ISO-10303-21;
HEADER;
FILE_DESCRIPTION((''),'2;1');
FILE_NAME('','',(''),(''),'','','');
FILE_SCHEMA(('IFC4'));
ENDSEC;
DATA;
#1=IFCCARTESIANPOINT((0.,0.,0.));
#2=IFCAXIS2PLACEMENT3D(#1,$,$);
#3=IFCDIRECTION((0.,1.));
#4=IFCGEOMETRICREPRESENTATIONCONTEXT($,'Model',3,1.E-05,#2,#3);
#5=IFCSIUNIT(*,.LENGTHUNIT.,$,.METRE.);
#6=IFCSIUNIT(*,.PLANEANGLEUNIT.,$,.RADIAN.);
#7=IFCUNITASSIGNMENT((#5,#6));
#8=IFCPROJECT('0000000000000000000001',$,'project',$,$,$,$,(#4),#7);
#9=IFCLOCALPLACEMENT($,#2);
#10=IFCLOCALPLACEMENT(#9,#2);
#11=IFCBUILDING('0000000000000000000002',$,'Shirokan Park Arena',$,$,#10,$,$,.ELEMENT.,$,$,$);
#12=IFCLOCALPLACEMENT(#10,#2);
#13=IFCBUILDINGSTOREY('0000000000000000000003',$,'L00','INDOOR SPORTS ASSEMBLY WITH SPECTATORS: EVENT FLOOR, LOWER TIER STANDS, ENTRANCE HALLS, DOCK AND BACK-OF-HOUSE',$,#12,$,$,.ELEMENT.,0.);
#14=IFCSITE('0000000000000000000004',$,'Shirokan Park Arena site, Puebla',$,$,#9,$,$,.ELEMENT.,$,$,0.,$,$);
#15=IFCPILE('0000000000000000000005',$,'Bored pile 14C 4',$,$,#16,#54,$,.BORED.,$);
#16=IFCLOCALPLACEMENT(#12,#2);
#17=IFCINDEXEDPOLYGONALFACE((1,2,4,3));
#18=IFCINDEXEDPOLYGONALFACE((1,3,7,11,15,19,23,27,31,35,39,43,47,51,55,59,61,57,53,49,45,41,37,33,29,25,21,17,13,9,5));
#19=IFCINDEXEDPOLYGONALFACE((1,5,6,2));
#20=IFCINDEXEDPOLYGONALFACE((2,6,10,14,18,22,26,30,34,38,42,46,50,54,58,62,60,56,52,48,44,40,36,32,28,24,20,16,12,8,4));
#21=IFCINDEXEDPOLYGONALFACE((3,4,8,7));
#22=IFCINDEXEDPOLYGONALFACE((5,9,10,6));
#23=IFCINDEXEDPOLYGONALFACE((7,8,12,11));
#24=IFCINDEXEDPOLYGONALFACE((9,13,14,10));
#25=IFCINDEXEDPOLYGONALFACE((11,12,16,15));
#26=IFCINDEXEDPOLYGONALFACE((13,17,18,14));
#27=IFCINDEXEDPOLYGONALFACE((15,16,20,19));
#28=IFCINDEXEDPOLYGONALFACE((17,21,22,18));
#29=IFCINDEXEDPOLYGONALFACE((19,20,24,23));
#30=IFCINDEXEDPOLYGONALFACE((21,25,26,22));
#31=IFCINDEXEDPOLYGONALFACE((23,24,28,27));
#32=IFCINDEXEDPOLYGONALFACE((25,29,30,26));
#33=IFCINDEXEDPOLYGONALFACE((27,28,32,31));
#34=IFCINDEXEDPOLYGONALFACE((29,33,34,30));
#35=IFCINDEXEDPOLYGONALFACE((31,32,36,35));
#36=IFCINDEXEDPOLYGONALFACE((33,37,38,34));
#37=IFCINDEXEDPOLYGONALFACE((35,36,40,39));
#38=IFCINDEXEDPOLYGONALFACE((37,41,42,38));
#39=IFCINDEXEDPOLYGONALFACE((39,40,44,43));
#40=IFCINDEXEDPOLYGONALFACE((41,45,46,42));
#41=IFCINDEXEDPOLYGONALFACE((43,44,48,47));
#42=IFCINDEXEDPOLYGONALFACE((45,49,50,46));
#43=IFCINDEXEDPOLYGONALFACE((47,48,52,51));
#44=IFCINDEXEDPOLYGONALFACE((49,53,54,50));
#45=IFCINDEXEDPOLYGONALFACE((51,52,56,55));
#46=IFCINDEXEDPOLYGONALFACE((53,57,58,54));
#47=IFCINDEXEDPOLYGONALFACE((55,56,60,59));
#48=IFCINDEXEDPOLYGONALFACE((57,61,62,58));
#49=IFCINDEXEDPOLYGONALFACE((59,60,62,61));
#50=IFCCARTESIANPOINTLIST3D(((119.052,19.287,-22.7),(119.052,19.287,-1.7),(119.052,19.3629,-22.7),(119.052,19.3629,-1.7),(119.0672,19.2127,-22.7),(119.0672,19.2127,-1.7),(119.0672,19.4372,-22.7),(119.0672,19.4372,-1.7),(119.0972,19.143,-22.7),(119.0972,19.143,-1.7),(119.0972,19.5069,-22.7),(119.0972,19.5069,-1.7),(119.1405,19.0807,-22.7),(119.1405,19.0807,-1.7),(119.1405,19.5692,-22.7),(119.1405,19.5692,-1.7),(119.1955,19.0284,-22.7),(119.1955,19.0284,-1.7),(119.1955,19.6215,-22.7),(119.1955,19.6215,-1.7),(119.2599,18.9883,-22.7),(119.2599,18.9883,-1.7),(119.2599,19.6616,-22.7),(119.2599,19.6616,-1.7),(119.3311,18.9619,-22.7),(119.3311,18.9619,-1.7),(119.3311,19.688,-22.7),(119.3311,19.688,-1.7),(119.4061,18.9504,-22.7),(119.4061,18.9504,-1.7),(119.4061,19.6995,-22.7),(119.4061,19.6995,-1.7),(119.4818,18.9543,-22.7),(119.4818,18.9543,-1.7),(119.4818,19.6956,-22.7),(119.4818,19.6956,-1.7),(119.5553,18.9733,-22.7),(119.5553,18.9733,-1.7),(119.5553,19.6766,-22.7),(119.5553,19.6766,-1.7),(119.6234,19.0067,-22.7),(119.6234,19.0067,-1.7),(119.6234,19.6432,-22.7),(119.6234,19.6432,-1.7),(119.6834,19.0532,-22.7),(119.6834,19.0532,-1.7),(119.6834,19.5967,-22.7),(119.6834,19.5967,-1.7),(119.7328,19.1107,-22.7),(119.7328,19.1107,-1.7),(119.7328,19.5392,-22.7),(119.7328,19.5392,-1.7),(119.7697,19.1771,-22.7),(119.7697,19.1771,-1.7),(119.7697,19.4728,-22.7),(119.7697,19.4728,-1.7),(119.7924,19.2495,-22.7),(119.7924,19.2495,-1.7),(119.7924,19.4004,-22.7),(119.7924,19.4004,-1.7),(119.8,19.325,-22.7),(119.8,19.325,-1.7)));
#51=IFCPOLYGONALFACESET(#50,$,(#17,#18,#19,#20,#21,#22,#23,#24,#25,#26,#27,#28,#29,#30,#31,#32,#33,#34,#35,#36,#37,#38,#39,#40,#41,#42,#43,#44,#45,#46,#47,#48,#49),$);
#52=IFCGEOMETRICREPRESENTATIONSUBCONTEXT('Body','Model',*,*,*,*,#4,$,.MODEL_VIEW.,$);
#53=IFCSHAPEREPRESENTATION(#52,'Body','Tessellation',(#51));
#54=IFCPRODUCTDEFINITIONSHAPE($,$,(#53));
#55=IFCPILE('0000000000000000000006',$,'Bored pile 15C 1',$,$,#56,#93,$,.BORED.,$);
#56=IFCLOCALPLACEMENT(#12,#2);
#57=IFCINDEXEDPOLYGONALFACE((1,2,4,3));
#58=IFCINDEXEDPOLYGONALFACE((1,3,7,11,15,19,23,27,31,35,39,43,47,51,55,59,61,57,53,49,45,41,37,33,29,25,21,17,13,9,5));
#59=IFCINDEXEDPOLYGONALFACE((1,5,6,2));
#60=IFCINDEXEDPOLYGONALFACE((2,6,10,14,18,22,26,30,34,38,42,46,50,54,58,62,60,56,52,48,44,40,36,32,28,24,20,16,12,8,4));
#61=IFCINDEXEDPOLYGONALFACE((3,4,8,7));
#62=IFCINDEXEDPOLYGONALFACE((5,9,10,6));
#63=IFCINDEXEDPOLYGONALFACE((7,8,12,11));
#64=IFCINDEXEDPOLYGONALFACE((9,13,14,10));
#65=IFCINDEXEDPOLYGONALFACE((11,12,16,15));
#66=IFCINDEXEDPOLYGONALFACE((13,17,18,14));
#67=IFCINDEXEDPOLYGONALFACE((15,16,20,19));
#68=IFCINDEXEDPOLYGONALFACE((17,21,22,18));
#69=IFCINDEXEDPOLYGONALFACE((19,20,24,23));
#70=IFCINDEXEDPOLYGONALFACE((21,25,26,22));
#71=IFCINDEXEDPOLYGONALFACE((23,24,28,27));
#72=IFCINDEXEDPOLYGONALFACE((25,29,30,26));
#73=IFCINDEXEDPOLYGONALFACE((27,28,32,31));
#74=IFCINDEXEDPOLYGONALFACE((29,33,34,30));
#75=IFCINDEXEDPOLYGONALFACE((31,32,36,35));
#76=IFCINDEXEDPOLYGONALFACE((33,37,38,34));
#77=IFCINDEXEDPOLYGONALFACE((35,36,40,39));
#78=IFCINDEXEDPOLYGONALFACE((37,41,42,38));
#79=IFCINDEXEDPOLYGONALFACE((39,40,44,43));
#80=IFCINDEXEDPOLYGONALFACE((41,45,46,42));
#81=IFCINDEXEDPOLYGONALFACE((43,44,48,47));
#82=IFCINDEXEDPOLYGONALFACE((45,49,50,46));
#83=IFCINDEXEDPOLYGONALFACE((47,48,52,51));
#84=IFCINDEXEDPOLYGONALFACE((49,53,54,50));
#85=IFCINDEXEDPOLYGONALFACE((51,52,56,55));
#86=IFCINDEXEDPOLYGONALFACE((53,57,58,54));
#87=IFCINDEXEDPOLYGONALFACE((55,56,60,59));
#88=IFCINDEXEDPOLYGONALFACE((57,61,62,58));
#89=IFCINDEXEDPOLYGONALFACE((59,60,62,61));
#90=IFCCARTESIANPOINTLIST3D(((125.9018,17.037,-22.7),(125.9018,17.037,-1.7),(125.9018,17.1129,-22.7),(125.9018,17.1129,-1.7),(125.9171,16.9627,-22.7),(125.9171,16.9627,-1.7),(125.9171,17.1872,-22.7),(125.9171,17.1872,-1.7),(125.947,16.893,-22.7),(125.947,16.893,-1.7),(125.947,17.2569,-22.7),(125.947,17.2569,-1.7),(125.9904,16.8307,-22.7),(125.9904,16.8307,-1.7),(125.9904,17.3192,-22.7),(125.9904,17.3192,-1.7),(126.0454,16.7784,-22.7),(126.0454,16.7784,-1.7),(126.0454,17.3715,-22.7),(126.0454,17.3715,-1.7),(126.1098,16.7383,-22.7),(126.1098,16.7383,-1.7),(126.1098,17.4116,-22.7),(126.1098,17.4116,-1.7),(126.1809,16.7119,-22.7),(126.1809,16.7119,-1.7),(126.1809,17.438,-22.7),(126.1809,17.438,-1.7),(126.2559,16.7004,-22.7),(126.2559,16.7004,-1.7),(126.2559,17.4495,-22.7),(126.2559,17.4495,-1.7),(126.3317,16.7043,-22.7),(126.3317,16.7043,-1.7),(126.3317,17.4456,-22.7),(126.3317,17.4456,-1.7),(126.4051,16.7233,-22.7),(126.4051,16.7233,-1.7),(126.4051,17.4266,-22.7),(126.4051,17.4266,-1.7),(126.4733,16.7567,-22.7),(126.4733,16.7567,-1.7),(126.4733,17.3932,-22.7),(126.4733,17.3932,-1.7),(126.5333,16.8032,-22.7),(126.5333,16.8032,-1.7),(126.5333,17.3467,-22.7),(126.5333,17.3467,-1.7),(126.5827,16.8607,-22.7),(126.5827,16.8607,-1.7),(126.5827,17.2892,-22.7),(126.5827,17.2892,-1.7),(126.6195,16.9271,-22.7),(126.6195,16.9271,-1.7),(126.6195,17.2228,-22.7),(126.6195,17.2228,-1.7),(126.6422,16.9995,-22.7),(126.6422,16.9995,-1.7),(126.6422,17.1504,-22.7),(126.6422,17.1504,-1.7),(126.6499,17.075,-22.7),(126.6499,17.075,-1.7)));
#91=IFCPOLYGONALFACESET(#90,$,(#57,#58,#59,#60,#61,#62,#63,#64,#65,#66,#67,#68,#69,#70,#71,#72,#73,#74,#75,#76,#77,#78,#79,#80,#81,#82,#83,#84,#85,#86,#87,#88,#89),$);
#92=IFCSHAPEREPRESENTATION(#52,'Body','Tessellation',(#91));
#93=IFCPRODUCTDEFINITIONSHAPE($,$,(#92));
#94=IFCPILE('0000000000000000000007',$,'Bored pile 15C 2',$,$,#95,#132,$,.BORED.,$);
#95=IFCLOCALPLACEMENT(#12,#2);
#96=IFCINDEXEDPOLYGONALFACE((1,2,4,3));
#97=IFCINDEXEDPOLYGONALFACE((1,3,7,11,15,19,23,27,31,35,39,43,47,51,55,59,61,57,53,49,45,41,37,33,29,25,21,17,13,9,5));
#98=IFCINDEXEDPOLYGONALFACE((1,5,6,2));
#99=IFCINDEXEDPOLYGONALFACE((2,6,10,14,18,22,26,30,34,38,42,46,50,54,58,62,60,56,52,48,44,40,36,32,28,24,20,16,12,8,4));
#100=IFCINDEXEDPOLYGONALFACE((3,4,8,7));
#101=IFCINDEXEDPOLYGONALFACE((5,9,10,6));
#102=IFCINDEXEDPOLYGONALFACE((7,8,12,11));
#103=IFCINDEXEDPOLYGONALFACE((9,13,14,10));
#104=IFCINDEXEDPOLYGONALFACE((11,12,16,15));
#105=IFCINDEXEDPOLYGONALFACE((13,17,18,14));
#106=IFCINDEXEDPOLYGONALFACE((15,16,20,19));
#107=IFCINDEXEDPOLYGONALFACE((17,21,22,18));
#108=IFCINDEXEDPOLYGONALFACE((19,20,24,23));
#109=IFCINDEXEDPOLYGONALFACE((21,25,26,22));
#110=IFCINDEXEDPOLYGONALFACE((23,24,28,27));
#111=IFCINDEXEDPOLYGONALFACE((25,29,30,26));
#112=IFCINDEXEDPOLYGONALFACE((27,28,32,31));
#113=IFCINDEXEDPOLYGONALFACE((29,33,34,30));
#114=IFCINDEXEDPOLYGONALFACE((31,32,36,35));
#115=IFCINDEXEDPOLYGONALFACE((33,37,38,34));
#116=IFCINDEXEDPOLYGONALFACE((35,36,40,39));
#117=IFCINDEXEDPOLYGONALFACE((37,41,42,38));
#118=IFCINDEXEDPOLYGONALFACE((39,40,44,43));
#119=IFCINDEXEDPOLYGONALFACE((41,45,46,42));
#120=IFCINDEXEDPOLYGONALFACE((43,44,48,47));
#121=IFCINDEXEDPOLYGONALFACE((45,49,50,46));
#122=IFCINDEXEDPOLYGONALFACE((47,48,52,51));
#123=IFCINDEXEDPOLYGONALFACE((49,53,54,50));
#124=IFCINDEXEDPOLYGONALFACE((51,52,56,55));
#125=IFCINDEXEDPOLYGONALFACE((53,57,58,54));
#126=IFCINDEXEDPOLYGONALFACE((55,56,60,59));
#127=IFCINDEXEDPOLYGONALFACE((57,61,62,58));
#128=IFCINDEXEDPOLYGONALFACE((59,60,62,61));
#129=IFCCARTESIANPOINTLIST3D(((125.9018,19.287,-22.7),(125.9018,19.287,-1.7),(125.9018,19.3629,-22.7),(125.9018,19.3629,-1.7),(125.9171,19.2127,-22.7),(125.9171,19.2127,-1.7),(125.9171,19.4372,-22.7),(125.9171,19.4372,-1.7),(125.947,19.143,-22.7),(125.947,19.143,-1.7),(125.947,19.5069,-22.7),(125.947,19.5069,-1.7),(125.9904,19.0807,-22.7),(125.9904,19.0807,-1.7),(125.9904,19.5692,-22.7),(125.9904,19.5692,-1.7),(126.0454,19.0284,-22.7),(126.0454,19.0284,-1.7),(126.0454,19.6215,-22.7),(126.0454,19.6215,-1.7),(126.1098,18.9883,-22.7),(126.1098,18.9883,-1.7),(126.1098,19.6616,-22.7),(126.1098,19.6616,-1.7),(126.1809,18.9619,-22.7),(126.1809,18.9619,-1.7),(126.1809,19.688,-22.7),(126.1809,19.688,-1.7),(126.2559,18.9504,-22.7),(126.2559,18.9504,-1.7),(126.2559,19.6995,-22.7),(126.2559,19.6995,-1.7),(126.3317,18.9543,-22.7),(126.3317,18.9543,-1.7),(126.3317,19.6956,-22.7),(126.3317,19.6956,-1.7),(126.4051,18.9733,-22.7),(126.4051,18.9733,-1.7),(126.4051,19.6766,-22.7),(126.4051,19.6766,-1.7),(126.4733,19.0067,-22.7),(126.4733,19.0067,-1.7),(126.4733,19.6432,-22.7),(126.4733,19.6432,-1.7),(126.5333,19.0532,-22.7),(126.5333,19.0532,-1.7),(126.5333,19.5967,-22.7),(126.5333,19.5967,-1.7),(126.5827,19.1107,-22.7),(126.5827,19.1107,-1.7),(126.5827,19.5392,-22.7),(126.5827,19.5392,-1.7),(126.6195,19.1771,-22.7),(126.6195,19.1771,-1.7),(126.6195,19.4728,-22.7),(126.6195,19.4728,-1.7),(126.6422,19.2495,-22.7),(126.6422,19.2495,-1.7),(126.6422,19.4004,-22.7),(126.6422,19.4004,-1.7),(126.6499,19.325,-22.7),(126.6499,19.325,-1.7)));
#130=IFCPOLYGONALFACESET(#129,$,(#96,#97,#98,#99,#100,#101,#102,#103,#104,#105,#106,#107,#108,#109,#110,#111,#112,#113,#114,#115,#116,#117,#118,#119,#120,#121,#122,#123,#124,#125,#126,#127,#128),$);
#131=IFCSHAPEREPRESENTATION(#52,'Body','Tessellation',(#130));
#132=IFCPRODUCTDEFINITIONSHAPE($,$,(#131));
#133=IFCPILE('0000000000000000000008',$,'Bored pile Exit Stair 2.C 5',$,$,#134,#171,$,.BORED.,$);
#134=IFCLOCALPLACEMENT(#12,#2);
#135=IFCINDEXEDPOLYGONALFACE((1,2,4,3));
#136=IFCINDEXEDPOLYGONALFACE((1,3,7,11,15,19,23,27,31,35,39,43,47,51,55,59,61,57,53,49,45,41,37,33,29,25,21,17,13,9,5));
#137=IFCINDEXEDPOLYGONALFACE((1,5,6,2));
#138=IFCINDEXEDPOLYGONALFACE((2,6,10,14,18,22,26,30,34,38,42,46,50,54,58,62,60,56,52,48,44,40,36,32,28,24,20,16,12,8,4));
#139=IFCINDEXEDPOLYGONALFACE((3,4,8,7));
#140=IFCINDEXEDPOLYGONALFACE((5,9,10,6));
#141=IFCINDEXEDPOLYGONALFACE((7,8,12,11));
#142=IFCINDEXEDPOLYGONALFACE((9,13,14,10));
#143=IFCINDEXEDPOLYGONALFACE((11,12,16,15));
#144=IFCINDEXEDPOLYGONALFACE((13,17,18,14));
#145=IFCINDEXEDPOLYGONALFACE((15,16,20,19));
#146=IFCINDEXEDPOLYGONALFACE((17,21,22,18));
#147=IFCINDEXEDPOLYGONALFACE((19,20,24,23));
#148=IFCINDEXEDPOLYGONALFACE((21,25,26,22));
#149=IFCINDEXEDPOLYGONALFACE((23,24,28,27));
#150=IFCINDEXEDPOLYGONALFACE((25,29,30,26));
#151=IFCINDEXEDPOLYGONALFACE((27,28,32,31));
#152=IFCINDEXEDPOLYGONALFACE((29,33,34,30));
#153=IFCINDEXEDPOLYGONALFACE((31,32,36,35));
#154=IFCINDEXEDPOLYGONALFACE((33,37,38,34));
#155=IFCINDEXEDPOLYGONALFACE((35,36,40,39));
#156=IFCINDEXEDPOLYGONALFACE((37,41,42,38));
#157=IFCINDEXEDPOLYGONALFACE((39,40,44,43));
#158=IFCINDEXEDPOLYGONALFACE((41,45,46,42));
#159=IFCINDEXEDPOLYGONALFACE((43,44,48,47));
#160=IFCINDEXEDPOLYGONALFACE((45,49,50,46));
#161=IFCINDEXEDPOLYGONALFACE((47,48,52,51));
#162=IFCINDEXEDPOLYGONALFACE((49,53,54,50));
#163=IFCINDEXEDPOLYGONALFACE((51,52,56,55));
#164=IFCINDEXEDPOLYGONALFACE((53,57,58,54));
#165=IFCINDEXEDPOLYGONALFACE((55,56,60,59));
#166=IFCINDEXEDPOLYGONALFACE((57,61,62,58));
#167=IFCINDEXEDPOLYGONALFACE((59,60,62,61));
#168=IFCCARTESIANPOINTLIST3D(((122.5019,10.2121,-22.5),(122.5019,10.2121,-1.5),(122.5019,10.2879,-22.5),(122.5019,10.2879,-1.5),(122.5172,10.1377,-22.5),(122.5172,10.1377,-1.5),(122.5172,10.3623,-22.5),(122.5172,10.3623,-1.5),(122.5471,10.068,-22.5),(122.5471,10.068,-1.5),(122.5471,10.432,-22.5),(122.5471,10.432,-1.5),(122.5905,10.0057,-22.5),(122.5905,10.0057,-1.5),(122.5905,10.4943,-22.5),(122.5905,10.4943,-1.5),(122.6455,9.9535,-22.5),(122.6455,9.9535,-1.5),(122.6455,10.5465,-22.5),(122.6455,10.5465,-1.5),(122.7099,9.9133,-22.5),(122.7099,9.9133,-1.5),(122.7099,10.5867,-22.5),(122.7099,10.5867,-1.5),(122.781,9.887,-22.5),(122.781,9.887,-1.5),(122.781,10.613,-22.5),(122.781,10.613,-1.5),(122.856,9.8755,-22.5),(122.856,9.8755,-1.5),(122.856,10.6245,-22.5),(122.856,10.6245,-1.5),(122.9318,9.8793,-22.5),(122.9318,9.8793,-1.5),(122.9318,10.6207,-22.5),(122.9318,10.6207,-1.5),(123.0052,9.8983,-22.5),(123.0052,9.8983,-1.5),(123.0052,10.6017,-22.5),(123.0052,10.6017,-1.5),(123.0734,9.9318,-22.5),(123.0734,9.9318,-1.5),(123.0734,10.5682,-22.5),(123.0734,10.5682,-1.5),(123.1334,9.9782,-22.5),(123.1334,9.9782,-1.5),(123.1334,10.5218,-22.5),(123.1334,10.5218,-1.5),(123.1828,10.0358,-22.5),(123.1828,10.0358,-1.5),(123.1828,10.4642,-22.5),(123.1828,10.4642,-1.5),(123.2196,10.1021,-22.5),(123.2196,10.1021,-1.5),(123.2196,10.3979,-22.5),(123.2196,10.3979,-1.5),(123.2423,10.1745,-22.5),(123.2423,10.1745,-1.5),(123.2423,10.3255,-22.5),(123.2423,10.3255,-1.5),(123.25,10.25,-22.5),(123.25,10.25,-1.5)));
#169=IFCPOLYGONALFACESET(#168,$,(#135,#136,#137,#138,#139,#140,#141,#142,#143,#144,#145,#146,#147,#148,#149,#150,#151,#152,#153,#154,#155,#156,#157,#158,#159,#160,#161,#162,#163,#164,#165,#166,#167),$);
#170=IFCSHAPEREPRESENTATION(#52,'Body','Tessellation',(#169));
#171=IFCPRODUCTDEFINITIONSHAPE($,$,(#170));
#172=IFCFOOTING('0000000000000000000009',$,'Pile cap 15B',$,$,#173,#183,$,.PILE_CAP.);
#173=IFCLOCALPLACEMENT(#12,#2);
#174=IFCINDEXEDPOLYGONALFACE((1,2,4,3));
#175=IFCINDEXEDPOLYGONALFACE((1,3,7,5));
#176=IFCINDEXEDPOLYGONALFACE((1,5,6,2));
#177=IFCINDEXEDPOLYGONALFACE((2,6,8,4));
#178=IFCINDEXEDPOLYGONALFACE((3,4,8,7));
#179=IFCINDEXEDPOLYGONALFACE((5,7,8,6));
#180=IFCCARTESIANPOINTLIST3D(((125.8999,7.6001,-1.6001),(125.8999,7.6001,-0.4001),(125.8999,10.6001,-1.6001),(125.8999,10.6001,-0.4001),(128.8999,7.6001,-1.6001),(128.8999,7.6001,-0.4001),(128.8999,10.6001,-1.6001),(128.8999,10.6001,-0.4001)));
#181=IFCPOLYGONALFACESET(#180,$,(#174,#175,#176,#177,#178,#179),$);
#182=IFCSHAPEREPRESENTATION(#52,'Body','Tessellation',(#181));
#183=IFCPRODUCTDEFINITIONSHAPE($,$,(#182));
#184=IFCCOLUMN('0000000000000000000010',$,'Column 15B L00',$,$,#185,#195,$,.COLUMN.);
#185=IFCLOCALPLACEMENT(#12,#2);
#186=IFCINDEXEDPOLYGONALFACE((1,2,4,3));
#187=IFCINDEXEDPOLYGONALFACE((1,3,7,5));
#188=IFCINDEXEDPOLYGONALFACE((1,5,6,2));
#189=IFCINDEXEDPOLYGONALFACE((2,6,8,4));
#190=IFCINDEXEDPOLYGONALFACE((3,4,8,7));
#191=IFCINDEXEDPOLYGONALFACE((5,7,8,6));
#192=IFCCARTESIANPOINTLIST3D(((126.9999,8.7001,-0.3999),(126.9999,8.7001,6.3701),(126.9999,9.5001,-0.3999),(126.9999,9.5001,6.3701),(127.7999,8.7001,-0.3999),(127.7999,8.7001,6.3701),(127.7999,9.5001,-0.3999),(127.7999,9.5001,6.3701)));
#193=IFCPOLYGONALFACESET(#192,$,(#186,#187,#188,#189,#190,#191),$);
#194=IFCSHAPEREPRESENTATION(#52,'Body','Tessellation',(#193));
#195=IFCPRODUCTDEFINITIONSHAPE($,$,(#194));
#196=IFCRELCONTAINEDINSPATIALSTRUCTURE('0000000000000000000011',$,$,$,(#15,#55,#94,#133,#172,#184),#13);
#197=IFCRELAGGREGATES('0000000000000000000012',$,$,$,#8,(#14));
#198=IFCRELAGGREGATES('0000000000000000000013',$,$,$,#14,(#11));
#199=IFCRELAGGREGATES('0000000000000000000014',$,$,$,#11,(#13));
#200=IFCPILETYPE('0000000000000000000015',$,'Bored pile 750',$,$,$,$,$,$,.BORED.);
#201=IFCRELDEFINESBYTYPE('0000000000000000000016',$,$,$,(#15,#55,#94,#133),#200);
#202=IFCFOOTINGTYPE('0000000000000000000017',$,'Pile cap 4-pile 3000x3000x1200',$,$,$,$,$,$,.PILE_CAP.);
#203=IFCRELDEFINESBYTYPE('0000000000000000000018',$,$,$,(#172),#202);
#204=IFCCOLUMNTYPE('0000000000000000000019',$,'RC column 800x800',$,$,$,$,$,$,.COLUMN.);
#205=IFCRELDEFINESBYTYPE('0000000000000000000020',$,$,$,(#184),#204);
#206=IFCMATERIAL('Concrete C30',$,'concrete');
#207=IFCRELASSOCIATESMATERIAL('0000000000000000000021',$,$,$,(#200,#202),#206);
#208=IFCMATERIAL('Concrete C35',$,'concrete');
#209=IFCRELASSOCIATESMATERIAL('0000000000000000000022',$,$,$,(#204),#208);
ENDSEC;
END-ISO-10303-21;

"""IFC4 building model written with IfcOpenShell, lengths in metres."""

from ifc_helpers import new_model, si_unit, direction, frame, origin, origin_2d, place, context, subcontext, project, spatial, rectangle, circle, extrude, material, material_profile, profile_set, type_object, element, save


model = new_model("IFC4")

# Units and contexts
model_context = context("Model", 3, precision=1e-05, world=origin(), true_north=direction((0.0, 1.0)))
body_context = subcontext(model_context, "Body", "Model", "MODEL_VIEW")
ifc_project = project(units=[si_unit("LENGTHUNIT", "METRE"), si_unit("PLANEANGLEUNIT", "RADIAN")], contexts=[model_context])

# Site, building, storey
site_placement = place(None, origin())
site = spatial("IfcSite", under=ifc_project, at=site_placement, Name="Shirokan Park Arena site, Puebla", CompositionType="ELEMENT", RefElevation=0.0)
building_placement = place(site_placement, origin())
building = spatial("IfcBuilding", under=site, at=building_placement, Name="Shirokan Park Arena", CompositionType="ELEMENT")
storey_placement = place(building_placement, origin())
storey = spatial("IfcBuildingStorey", under=building, at=storey_placement, Name="L00", Description="INDOOR SPORTS ASSEMBLY WITH SPECTATORS: EVENT FLOOR, LOWER TIER STANDS, ENTRANCE HALLS, DOCK AND BACK-OF-HOUSE", CompositionType="ELEMENT", Elevation=0.0)

# Piles
ifc_material_1 = material(Name="Concrete C30", Category="concrete")
ifc_material_profile_1 = material_profile(ifc_material_1, circle(Radius=0.375, at=origin_2d()), Name="D750")
ifc_profile_set_1 = profile_set([ifc_material_profile_1], Name="Concrete C30")
pile_type_1 = type_object("IfcPileType", Name="Bored pile 750", PredefinedType="BORED", material=ifc_profile_set_1)
for number, where, z_axis, x_axis, name in (
    (1, (119.425, 19.325, -1.7), (0.0, 0.0, -1.0), (1.0, 0.0, 0.0), "Bored pile 14C 4"),
    (2, (126.2749, 17.075, -1.7), (0.0, 0.0, -1.0), (1.0, 0.0, 0.0), "Bored pile 15C 1"),
    (3, (126.2749, 19.325, -1.7), (0.0, 0.0, -1.0), (1.0, 0.0, 0.0), "Bored pile 15C 2"),
    (4, (122.875, 10.25, -1.5), (0.0, 0.0, -1.0), (1.0, 0.0, 0.0), "Bored pile Exit Stair 2.C 5"),
):
    element("IfcPile", number, at=place(storey_placement, frame(where, z_axis=z_axis, x_axis=x_axis)), inside=storey, type_object=pile_type_1, Name=name, PredefinedType="BORED", context=body_context, shape_type="SweptSolid", body=[
        extrude(circle(Radius=0.375, at=origin_2d()), origin(), (0.0, 0.0, 1.0), 21.0),
    ])

# Footing
footing_type = type_object("IfcFootingType", Name="Pile cap 4-pile 3000x3000x1200", PredefinedType="PILE_CAP", material=ifc_material_1)
footing_placement = place(storey_placement, frame((127.3999, 9.1001, -1.6001), z_axis=(0.0, 0.0, 1.0), x_axis=(1.0, 0.0, 0.0)))
element("IfcFooting", 5, at=footing_placement, inside=storey, type_object=footing_type, Name="Pile cap 15B", PredefinedType="PILE_CAP", context=body_context, shape_type="SweptSolid", body=[
    extrude(rectangle(XDim=3.0, YDim=3.0, at=origin_2d()), origin(), (0.0, 0.0, 1.0), 1.2),
])

# Column
ifc_material_2 = material(Name="Concrete C35", Category="concrete")
ifc_material_profile_2 = material_profile(ifc_material_2, rectangle(XDim=0.8, YDim=0.8, at=origin_2d()), Name="800x800")
ifc_profile_set_2 = profile_set([ifc_material_profile_2], Name="Concrete C35")
column_type = type_object("IfcColumnType", Name="RC column 800x800", PredefinedType="COLUMN", material=ifc_profile_set_2)
column_placement = place(storey_placement, frame((127.3999, 9.1001, -0.3999), z_axis=(0.0, 0.0, 1.0), x_axis=(1.0, 0.0, 0.0)))
element("IfcColumn", 6, at=column_placement, inside=storey, type_object=column_type, Name="Column 15B L00", PredefinedType="COLUMN", context=body_context, shape_type="SweptSolid", body=[
    extrude(rectangle(XDim=0.8, YDim=0.8, at=origin_2d()), origin(), (0.0, 0.0, 1.0), 6.77),
])

save(model, "model.ifc")
